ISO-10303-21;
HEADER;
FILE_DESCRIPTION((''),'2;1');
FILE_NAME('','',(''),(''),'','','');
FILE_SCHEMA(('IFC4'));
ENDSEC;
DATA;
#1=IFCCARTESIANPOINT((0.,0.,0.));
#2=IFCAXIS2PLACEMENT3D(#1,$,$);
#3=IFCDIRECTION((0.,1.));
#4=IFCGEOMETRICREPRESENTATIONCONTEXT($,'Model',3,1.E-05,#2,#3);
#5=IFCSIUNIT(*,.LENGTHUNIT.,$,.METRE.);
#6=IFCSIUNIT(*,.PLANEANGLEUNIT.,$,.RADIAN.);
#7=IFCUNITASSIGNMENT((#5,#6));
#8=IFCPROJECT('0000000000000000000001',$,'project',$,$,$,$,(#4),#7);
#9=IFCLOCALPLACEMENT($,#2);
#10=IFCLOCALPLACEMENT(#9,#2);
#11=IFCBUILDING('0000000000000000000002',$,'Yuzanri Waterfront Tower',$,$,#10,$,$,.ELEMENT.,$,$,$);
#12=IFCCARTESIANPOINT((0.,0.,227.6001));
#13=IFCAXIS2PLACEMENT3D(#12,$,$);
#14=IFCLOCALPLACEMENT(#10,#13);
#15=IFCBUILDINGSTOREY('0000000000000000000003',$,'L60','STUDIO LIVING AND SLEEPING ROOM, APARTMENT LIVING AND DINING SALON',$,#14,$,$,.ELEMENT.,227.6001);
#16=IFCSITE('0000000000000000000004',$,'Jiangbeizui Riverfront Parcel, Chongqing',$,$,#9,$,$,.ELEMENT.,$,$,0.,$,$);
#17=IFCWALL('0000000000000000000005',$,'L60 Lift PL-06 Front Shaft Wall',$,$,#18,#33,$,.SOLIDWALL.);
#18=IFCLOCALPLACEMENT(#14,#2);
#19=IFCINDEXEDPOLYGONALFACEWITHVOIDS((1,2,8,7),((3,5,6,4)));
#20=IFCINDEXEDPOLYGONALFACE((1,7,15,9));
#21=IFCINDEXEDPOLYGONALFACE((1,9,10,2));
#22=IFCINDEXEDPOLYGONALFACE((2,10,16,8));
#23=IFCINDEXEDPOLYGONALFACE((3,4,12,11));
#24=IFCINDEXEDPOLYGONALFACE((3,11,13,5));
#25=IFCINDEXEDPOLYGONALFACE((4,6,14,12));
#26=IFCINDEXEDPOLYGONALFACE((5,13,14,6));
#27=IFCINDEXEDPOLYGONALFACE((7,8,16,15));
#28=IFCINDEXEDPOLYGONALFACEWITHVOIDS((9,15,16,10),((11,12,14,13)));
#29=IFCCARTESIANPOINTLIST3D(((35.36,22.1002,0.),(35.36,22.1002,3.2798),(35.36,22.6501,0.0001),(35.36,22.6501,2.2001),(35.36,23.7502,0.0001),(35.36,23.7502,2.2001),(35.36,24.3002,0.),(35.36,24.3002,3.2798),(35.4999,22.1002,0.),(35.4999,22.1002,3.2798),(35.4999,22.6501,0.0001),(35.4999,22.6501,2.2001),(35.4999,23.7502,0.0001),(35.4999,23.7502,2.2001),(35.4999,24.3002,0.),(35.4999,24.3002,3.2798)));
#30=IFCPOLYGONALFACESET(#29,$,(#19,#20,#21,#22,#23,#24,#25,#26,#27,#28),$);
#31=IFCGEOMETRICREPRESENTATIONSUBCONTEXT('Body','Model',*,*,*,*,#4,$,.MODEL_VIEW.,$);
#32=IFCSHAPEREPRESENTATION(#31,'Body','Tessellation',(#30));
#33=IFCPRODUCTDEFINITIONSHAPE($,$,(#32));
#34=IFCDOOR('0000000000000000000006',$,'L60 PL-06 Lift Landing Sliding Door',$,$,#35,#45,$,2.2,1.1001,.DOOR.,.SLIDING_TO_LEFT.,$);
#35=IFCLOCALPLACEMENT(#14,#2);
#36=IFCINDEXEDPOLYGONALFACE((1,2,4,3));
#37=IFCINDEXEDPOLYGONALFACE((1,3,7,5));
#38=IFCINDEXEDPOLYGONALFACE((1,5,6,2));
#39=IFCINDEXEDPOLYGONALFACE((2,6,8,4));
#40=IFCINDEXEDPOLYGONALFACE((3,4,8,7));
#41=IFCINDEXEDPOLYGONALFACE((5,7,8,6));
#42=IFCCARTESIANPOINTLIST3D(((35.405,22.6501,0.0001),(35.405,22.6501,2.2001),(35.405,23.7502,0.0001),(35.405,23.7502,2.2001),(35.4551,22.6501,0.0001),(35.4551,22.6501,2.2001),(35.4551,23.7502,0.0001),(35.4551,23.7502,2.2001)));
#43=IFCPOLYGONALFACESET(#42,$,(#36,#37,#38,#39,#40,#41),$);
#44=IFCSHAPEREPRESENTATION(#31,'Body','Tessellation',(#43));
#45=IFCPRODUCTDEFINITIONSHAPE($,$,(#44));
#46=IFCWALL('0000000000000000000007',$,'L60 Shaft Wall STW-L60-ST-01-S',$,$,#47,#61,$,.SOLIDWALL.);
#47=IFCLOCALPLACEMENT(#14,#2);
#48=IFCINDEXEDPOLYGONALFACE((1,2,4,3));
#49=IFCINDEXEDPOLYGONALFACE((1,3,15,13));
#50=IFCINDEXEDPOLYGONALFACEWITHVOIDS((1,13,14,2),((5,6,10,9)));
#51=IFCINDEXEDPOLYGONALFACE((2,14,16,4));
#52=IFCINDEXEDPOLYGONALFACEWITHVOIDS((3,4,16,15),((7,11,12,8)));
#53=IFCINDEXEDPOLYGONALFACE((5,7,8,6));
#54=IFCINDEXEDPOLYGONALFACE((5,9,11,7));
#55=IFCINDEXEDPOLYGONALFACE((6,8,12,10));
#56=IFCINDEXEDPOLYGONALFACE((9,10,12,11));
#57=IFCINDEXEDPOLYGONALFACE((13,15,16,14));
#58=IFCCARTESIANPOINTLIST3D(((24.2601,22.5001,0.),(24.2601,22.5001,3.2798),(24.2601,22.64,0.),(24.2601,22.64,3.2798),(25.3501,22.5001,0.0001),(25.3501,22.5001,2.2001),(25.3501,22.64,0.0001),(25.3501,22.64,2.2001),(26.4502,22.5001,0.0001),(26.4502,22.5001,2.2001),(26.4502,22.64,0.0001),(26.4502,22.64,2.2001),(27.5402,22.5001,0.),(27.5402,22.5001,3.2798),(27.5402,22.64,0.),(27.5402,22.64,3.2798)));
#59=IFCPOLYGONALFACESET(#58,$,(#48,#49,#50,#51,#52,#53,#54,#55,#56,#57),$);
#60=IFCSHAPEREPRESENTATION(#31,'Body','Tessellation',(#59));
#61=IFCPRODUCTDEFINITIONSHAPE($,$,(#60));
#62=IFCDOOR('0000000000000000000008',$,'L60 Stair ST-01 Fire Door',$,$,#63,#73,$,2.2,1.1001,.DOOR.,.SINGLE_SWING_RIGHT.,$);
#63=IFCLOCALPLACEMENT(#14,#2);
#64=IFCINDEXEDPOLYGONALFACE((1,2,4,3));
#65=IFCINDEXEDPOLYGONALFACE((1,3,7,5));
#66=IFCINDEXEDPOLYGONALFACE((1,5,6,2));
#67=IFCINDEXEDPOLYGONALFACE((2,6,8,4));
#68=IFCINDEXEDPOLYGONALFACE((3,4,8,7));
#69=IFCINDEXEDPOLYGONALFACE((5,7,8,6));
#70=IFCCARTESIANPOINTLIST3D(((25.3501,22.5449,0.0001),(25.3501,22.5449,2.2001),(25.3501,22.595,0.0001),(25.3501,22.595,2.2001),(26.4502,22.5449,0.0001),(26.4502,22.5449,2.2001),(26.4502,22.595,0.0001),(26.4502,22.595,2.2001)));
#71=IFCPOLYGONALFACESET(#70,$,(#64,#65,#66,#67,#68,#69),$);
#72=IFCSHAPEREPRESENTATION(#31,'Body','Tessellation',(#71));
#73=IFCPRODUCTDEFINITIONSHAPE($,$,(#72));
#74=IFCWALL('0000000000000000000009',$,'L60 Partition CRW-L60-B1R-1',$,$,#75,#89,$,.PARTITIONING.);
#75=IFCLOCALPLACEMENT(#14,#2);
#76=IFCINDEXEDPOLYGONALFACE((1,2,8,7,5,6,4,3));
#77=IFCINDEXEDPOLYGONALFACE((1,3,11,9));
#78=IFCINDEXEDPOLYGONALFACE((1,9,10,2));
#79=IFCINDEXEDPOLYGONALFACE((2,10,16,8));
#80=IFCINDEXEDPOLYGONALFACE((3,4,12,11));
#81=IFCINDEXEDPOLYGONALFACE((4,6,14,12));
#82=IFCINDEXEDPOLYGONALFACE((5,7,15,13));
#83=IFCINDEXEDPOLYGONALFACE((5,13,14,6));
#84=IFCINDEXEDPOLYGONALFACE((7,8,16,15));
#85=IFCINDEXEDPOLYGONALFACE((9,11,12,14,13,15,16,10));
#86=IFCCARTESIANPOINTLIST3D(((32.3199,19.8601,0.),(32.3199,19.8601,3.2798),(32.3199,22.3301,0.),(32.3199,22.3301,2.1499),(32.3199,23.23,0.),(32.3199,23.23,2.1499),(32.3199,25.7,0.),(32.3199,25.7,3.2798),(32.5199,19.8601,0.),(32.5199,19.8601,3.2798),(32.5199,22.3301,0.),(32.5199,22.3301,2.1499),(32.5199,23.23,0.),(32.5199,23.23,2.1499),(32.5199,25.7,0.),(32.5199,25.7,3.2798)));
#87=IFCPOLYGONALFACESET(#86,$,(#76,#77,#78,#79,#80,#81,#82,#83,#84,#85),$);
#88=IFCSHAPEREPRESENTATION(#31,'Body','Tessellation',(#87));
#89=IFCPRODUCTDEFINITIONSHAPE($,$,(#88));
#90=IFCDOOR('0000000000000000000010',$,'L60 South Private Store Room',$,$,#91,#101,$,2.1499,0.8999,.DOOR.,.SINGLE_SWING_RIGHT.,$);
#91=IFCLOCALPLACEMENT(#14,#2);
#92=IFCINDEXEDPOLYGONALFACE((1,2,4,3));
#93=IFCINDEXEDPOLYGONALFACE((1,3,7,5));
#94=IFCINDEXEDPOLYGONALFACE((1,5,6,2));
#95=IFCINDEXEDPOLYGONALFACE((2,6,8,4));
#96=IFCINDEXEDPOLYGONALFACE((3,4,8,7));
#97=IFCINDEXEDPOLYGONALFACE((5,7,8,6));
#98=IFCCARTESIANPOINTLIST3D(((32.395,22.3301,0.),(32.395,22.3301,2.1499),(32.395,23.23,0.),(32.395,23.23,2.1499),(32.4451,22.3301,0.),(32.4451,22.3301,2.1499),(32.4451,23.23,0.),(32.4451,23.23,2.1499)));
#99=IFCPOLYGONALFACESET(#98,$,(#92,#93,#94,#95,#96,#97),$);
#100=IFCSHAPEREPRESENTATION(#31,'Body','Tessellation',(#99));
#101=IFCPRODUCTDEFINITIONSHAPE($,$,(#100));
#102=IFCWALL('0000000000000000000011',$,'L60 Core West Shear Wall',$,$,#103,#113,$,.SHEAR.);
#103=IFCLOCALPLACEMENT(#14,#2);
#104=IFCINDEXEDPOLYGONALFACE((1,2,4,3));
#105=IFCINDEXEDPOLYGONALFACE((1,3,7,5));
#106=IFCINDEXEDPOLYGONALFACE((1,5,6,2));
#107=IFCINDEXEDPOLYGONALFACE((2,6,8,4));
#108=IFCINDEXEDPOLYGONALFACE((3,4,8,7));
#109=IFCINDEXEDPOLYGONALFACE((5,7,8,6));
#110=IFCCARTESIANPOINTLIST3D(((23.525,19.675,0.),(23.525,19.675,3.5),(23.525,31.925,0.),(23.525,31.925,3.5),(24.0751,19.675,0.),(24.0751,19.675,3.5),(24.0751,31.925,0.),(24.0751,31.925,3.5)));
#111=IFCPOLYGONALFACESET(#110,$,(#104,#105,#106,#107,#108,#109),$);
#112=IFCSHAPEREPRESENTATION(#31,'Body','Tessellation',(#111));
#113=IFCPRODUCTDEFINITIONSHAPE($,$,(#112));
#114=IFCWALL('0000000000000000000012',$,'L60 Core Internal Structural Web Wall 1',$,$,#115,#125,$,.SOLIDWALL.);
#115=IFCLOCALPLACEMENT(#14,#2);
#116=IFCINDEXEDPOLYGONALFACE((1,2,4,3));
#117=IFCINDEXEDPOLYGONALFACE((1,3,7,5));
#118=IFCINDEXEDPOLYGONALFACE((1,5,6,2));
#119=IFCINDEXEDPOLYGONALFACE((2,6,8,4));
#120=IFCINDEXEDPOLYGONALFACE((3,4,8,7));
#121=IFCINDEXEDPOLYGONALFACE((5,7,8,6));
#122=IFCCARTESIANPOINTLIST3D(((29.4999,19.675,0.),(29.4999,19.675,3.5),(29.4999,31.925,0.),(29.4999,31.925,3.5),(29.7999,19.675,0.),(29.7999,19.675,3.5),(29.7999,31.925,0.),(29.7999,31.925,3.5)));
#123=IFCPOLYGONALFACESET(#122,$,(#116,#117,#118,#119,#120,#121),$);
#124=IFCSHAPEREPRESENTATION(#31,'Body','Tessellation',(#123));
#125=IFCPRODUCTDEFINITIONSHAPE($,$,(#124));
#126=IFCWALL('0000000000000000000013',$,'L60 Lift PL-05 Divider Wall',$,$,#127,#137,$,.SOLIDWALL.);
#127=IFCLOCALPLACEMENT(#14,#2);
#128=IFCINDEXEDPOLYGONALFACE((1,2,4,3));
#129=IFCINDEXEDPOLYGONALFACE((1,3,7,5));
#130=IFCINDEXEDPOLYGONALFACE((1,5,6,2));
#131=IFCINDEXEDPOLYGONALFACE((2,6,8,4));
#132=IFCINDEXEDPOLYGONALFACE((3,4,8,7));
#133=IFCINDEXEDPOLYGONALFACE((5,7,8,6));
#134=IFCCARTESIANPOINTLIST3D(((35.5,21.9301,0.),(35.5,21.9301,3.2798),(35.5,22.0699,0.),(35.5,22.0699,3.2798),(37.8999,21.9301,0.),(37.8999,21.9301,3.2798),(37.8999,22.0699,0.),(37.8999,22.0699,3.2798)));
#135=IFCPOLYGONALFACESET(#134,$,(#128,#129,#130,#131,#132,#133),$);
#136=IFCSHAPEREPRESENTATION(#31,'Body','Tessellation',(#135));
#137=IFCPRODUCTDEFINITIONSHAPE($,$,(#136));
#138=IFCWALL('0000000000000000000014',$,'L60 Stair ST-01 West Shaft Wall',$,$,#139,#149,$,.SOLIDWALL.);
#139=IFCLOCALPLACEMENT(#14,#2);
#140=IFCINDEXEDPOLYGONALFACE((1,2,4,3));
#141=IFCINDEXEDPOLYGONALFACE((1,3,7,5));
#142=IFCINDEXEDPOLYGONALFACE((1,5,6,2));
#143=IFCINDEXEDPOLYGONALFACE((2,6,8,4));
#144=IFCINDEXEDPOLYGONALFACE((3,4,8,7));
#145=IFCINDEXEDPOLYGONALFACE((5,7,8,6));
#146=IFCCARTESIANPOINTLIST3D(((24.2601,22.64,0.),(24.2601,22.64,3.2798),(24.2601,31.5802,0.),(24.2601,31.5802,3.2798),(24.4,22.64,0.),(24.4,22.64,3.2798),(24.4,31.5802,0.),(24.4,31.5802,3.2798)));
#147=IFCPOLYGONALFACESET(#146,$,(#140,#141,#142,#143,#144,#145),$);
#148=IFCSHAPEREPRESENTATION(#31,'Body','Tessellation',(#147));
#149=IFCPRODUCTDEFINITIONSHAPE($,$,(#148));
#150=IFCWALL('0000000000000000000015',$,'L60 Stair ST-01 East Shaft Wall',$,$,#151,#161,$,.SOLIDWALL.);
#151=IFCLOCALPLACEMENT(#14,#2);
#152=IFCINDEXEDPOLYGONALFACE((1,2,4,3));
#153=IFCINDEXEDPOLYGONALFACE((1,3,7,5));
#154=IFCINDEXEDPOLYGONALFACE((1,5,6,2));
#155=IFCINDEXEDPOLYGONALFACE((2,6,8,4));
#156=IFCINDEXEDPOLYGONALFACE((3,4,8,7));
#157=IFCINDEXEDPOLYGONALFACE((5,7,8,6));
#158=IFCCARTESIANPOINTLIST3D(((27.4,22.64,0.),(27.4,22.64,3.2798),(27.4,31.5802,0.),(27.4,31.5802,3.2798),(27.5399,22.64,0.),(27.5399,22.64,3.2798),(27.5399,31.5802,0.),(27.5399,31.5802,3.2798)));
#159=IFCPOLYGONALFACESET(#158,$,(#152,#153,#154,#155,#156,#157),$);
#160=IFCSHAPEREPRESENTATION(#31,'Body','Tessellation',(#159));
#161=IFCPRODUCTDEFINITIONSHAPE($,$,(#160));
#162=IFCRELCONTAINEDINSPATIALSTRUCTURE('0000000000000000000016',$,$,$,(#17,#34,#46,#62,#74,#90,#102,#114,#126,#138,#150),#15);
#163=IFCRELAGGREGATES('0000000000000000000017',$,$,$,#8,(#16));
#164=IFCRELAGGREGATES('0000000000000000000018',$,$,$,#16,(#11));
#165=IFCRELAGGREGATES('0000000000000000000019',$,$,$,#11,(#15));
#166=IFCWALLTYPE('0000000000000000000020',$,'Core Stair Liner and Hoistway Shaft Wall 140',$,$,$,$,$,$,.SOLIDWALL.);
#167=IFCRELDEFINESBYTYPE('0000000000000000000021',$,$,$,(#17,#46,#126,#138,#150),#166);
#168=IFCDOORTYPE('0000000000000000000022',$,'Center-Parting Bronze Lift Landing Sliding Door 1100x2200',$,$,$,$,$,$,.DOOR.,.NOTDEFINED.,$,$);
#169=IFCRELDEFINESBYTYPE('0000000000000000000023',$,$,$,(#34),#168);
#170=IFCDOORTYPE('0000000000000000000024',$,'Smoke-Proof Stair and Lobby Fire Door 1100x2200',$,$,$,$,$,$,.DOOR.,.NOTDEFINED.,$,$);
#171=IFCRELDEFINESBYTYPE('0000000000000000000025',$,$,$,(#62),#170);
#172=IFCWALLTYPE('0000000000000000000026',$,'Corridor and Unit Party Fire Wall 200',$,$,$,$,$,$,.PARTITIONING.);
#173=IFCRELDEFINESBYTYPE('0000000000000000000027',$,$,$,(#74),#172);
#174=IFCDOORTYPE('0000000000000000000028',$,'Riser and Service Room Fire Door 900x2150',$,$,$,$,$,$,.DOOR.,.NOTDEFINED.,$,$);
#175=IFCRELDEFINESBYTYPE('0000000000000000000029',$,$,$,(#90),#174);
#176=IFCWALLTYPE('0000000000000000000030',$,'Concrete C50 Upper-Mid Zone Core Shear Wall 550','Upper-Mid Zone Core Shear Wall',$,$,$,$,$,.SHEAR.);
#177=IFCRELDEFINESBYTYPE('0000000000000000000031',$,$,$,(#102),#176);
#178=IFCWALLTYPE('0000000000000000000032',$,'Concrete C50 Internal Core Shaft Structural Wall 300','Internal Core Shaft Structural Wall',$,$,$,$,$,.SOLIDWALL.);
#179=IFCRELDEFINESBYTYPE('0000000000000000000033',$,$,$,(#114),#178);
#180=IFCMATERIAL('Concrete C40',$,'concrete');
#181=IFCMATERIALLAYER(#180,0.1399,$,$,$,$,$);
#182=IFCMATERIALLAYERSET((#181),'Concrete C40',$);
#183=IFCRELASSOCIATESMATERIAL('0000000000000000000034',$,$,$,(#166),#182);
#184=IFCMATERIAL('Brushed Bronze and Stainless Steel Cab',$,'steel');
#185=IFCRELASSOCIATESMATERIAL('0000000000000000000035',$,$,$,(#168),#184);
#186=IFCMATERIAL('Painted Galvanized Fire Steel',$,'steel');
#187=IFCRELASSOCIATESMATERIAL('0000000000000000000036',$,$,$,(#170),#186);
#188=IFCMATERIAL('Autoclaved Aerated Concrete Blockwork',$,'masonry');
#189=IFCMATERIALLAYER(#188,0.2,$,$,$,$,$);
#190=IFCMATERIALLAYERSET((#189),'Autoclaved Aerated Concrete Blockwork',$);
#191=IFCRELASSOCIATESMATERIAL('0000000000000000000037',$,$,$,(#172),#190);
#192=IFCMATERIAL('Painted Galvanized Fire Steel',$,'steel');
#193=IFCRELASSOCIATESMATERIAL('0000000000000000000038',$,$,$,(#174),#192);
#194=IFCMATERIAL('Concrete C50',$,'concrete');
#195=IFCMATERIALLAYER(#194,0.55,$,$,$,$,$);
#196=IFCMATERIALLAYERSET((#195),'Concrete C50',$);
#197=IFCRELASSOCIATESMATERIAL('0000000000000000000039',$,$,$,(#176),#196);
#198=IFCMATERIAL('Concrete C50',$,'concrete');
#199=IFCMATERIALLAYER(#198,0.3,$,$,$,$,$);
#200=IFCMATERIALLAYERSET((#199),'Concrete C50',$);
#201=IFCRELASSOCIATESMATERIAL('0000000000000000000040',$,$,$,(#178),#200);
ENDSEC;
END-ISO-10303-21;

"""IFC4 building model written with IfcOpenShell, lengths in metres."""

from ifc_helpers import new_model, si_unit, direction, frame, frame_2d, origin, place, context, subcontext, project, spatial, rectangle, extrude, source, transform, mapped, material, layer, layer_set, type_object, element, fill, save


model = new_model("IFC4")

# Units and contexts
model_context = context("Model", 3, precision=1e-05, world=origin(), true_north=direction((0.0, 1.0)))
body_context = subcontext(model_context, "Body", "Model", "MODEL_VIEW")
ifc_project = project(units=[si_unit("LENGTHUNIT", "METRE"), si_unit("PLANEANGLEUNIT", "RADIAN")], contexts=[model_context])

# Site, building, storey
site_placement = place(None, origin())
site = spatial("IfcSite", under=ifc_project, at=site_placement, Name="Jiangbeizui Riverfront Parcel, Chongqing", CompositionType="ELEMENT", RefElevation=0.0)
building_placement = place(site_placement, origin())
building = spatial("IfcBuilding", under=site, at=building_placement, Name="Yuzanri Waterfront Tower", CompositionType="ELEMENT")
storey_placement = place(building_placement, frame((0.0, 0.0, 227.6001)))
storey = spatial("IfcBuildingStorey", under=building, at=storey_placement, Name="L60", Description="STUDIO LIVING AND SLEEPING ROOM, APARTMENT LIVING AND DINING SALON", CompositionType="ELEMENT", Elevation=227.6001)

# Walls, openings, doors
ifc_material_1 = material(Name="Concrete C40", Category="concrete")
ifc_layer_1 = layer(ifc_material_1, 0.1399)
ifc_layer_set_1 = layer_set([ifc_layer_1], Name="Concrete C40")
wall_type_1 = type_object("IfcWallType", Name="Core Stair Liner and Hoistway Shaft Wall 140", PredefinedType="SOLIDWALL", material=ifc_layer_set_1)
ifc_material_2 = material(Name="Brushed Bronze and Stainless Steel Cab", Category="steel")
door_type_1 = type_object("IfcDoorType", Name="Center-Parting Bronze Lift Landing Sliding Door 1100x2200", OperationType="NOTDEFINED", PredefinedType="DOOR", material=ifc_material_2)
shared_shape_1 = source(origin(), body_context, "Body", "SweptSolid", [
    extrude(rectangle(XDim=1.1001, YDim=2.2, at=frame_2d((0.55, 1.1001))), frame((0.0, 0.0249, 0.0), z_axis=(0.0, -1.0, 0.0), x_axis=(1.0, 0.0, 0.0)), (0.0, 0.0, 1.0), 0.05),
])
wall_1_placement = place(storey_placement, frame((35.4299, 22.1001, 0.0), z_axis=(0.0, 0.0, 1.0), x_axis=(0.0, 1.0, 0.0)))
wall_1 = element("IfcWall", 1, at=wall_1_placement, inside=storey, type_object=wall_type_1, Name="L60 Lift PL-06 Front Shaft Wall", PredefinedType="SOLIDWALL", context=body_context, shape_type="SweptSolid", body=[
    extrude(rectangle(XDim=2.2, YDim=0.1399, at=frame_2d((1.1001, 0.0))), origin(), (0.0, 0.0, 1.0), 3.2798),
])
opening_1_placement = place(wall_1_placement, frame((0.55, 0.0, 0.0)))
opening_1 = element("IfcOpeningElement", 2, at=opening_1_placement, cuts=wall_1, PredefinedType="OPENING", context=body_context, shape_type="SweptSolid", body=[
    extrude(rectangle(XDim=1.1001, YDim=2.2, at=frame_2d((0.55, 1.1001))), frame((0.0, 0.085, 0.0), z_axis=(0.0, -1.0, 0.0), x_axis=(1.0, 0.0, 0.0)), (0.0, 0.0, 1.0), 0.1697),
])
door_1_placement = place(opening_1_placement, origin())
door_1 = element("IfcDoor", 3, at=door_1_placement, inside=storey, type_object=door_type_1, Name="L60 PL-06 Lift Landing Sliding Door", OperationType="SLIDING_TO_LEFT", OverallHeight=2.2, OverallWidth=1.1001, PredefinedType="DOOR", context=body_context, shape_type="MappedRepresentation", body=[
    mapped(shared_shape_1, transform((0.0, 0.0, 0.0), scale=1.0)),
])
fill(opening_1, door_1)
wall_2_placement = place(storey_placement, frame((24.26, 22.5701, 0.0), z_axis=(0.0, 0.0, 1.0), x_axis=(1.0, 0.0, 0.0)))
wall_2 = element("IfcWall", 4, at=wall_2_placement, inside=storey, type_object=wall_type_1, Name="L60 Shaft Wall STW-L60-ST-01-S", PredefinedType="SOLIDWALL", context=body_context, shape_type="SweptSolid", body=[
    extrude(rectangle(XDim=3.28, YDim=0.1399, at=frame_2d((1.6401, 0.0))), origin(), (0.0, 0.0, 1.0), 3.2798),
])
opening_2_placement = place(wall_2_placement, frame((1.0901, 0.0, 0.0)))
opening_2 = element("IfcOpeningElement", 5, at=opening_2_placement, cuts=wall_2, PredefinedType="OPENING", context=body_context, shape_type="SweptSolid", body=[
    extrude(rectangle(XDim=1.1001, YDim=2.2, at=frame_2d((0.55, 1.1001))), frame((0.0, 0.085, 0.0), z_axis=(0.0, -1.0, 0.0), x_axis=(1.0, 0.0, 0.0)), (0.0, 0.0, 1.0), 0.1697),
])
ifc_material_3 = material(Name="Painted Galvanized Fire Steel", Category="steel")
door_type_2 = type_object("IfcDoorType", Name="Smoke-Proof Stair and Lobby Fire Door 1100x2200", OperationType="NOTDEFINED", PredefinedType="DOOR", material=ifc_material_3)
shared_shape_2 = source(origin(), body_context, "Body", "SweptSolid", [
    extrude(rectangle(XDim=1.1001, YDim=2.2, at=frame_2d((0.55, 1.1001))), frame((0.0, 0.0249, 0.0), z_axis=(0.0, -1.0, 0.0), x_axis=(1.0, 0.0, 0.0)), (0.0, 0.0, 1.0), 0.05),
])
door_2_placement = place(opening_2_placement, origin())
door_2 = element("IfcDoor", 6, at=door_2_placement, inside=storey, type_object=door_type_2, Name="L60 Stair ST-01 Fire Door", OperationType="SINGLE_SWING_RIGHT", OverallHeight=2.2, OverallWidth=1.1001, PredefinedType="DOOR", context=body_context, shape_type="MappedRepresentation", body=[
    mapped(shared_shape_2, transform((0.0, 0.0, 0.0), scale=1.0)),
])
fill(opening_2, door_2)
ifc_material_4 = material(Name="Autoclaved Aerated Concrete Blockwork", Category="masonry")
ifc_layer_2 = layer(ifc_material_4, 0.2)
ifc_layer_set_2 = layer_set([ifc_layer_2], Name="Autoclaved Aerated Concrete Blockwork")
wall_type_2 = type_object("IfcWallType", Name="Corridor and Unit Party Fire Wall 200", PredefinedType="PARTITIONING", material=ifc_layer_set_2)
wall_3_placement = place(storey_placement, frame((32.4199, 19.8601, 0.0), z_axis=(0.0, 0.0, 1.0), x_axis=(0.0, 1.0, 0.0)))
wall_3 = element("IfcWall", 7, at=wall_3_placement, inside=storey, type_object=wall_type_2, Name="L60 Partition CRW-L60-B1R-1", PredefinedType="PARTITIONING", context=body_context, shape_type="SweptSolid", body=[
    extrude(rectangle(XDim=5.8398, YDim=0.2, at=frame_2d((2.9199, 0.0))), origin(), (0.0, 0.0, 1.0), 3.2798),
])
opening_3_placement = place(wall_3_placement, frame((2.47, 0.0, 0.0)))
opening_3 = element("IfcOpeningElement", 8, at=opening_3_placement, cuts=wall_3, PredefinedType="OPENING", context=body_context, shape_type="SweptSolid", body=[
    extrude(rectangle(XDim=0.8999, YDim=2.1499, at=frame_2d((0.45, 1.075))), frame((0.0, 0.1147, 0.0), z_axis=(0.0, -1.0, 0.0), x_axis=(1.0, 0.0, 0.0)), (0.0, 0.0, 1.0), 0.2297),
])
ifc_material_5 = material(Name="Painted Galvanized Fire Steel", Category="steel")
door_type_3 = type_object("IfcDoorType", Name="Riser and Service Room Fire Door 900x2150", OperationType="NOTDEFINED", PredefinedType="DOOR", material=ifc_material_5)
shared_shape_3 = source(origin(), body_context, "Body", "SweptSolid", [
    extrude(rectangle(XDim=0.8999, YDim=2.1499, at=frame_2d((0.45, 1.075))), frame((0.0, 0.0249, 0.0), z_axis=(0.0, -1.0, 0.0), x_axis=(1.0, 0.0, 0.0)), (0.0, 0.0, 1.0), 0.05),
])
door_3_placement = place(opening_3_placement, origin())
door_3 = element("IfcDoor", 9, at=door_3_placement, inside=storey, type_object=door_type_3, Name="L60 South Private Store Room", OperationType="SINGLE_SWING_RIGHT", OverallHeight=2.1499, OverallWidth=0.8999, PredefinedType="DOOR", context=body_context, shape_type="MappedRepresentation", body=[
    mapped(shared_shape_3, transform((0.0, 0.0, 0.0), scale=1.0)),
])
fill(opening_3, door_3)

# Walls
ifc_material_6 = material(Name="Concrete C50", Category="concrete")
ifc_layer_3 = layer(ifc_material_6, 0.55)
ifc_layer_set_3 = layer_set([ifc_layer_3], Name="Concrete C50")
wall_type_3 = type_object("IfcWallType", Name="Concrete C50 Upper-Mid Zone Core Shear Wall 550", Description="Upper-Mid Zone Core Shear Wall", PredefinedType="SHEAR", material=ifc_layer_set_3)
shared_shape_4 = source(origin(), body_context, "Body", "SweptSolid", [
    extrude(rectangle(XDim=12.25, YDim=0.55, at=frame_2d((6.125, 0.0))), origin(), (0.0, 0.0, 1.0), 3.5),
])
wall_4_placement = place(storey_placement, frame((23.8, 19.675, 0.0), z_axis=(0.0, 0.0, 1.0), x_axis=(0.0, 1.0, 0.0)))
element("IfcWall", 10, at=wall_4_placement, inside=storey, type_object=wall_type_3, Name="L60 Core West Shear Wall", PredefinedType="SHEAR", context=body_context, shape_type="MappedRepresentation", body=[
    mapped(shared_shape_4, transform((0.0, 0.0, 0.0), scale=1.0)),
])
ifc_material_7 = material(Name="Concrete C50", Category="concrete")
ifc_layer_4 = layer(ifc_material_7, 0.3)
ifc_layer_set_4 = layer_set([ifc_layer_4], Name="Concrete C50")
wall_type_4 = type_object("IfcWallType", Name="Concrete C50 Internal Core Shaft Structural Wall 300", Description="Internal Core Shaft Structural Wall", PredefinedType="SOLIDWALL", material=ifc_layer_set_4)
shared_shape_5 = source(origin(), body_context, "Body", "SweptSolid", [
    extrude(rectangle(XDim=12.25, YDim=0.3, at=frame_2d((6.125, 0.0))), origin(), (0.0, 0.0, 1.0), 3.5),
])
wall_5_placement = place(storey_placement, frame((29.6499, 19.675, 0.0), z_axis=(0.0, 0.0, 1.0), x_axis=(0.0, 1.0, 0.0)))
element("IfcWall", 11, at=wall_5_placement, inside=storey, type_object=wall_type_4, Name="L60 Core Internal Structural Web Wall 1", PredefinedType="SOLIDWALL", context=body_context, shape_type="MappedRepresentation", body=[
    mapped(shared_shape_5, transform((0.0, 0.0, 0.0), scale=1.0)),
])
shared_shape_6 = source(origin(), body_context, "Body", "SweptSolid", [
    extrude(rectangle(XDim=2.3999, YDim=0.1399, at=frame_2d((1.2, 0.0))), origin(), (0.0, 0.0, 1.0), 3.2798),
])
wall_6_placement = place(storey_placement, frame((35.5, 22.0, 0.0), z_axis=(0.0, 0.0, 1.0), x_axis=(1.0, 0.0, 0.0)))
element("IfcWall", 12, at=wall_6_placement, inside=storey, type_object=wall_type_1, Name="L60 Lift PL-05 Divider Wall", PredefinedType="SOLIDWALL", context=body_context, shape_type="MappedRepresentation", body=[
    mapped(shared_shape_6, transform((0.0, 0.0, 0.0), scale=1.0)),
])
shared_shape_7 = source(origin(), body_context, "Body", "SweptSolid", [
    extrude(rectangle(XDim=8.9402, YDim=0.1399, at=frame_2d((4.4702, 0.0))), origin(), (0.0, 0.0, 1.0), 3.2798),
])
for number, where, z_axis, x_axis, name in (
    (13, (24.3301, 22.6399, 0.0), (0.0, 0.0, 1.0), (0.0, 1.0, 0.0), "L60 Stair ST-01 West Shaft Wall"),
    (14, (27.47, 22.6399, 0.0), (0.0, 0.0, 1.0), (0.0, 1.0, 0.0), "L60 Stair ST-01 East Shaft Wall"),
):
    element("IfcWall", number, at=place(storey_placement, frame(where, z_axis=z_axis, x_axis=x_axis)), inside=storey, type_object=wall_type_1, Name=name, PredefinedType="SOLIDWALL", context=body_context, shape_type="MappedRepresentation", body=[
        mapped(shared_shape_7, transform((0.0, 0.0, 0.0), scale=1.0)),
    ])

save(model, "model.ifc")
